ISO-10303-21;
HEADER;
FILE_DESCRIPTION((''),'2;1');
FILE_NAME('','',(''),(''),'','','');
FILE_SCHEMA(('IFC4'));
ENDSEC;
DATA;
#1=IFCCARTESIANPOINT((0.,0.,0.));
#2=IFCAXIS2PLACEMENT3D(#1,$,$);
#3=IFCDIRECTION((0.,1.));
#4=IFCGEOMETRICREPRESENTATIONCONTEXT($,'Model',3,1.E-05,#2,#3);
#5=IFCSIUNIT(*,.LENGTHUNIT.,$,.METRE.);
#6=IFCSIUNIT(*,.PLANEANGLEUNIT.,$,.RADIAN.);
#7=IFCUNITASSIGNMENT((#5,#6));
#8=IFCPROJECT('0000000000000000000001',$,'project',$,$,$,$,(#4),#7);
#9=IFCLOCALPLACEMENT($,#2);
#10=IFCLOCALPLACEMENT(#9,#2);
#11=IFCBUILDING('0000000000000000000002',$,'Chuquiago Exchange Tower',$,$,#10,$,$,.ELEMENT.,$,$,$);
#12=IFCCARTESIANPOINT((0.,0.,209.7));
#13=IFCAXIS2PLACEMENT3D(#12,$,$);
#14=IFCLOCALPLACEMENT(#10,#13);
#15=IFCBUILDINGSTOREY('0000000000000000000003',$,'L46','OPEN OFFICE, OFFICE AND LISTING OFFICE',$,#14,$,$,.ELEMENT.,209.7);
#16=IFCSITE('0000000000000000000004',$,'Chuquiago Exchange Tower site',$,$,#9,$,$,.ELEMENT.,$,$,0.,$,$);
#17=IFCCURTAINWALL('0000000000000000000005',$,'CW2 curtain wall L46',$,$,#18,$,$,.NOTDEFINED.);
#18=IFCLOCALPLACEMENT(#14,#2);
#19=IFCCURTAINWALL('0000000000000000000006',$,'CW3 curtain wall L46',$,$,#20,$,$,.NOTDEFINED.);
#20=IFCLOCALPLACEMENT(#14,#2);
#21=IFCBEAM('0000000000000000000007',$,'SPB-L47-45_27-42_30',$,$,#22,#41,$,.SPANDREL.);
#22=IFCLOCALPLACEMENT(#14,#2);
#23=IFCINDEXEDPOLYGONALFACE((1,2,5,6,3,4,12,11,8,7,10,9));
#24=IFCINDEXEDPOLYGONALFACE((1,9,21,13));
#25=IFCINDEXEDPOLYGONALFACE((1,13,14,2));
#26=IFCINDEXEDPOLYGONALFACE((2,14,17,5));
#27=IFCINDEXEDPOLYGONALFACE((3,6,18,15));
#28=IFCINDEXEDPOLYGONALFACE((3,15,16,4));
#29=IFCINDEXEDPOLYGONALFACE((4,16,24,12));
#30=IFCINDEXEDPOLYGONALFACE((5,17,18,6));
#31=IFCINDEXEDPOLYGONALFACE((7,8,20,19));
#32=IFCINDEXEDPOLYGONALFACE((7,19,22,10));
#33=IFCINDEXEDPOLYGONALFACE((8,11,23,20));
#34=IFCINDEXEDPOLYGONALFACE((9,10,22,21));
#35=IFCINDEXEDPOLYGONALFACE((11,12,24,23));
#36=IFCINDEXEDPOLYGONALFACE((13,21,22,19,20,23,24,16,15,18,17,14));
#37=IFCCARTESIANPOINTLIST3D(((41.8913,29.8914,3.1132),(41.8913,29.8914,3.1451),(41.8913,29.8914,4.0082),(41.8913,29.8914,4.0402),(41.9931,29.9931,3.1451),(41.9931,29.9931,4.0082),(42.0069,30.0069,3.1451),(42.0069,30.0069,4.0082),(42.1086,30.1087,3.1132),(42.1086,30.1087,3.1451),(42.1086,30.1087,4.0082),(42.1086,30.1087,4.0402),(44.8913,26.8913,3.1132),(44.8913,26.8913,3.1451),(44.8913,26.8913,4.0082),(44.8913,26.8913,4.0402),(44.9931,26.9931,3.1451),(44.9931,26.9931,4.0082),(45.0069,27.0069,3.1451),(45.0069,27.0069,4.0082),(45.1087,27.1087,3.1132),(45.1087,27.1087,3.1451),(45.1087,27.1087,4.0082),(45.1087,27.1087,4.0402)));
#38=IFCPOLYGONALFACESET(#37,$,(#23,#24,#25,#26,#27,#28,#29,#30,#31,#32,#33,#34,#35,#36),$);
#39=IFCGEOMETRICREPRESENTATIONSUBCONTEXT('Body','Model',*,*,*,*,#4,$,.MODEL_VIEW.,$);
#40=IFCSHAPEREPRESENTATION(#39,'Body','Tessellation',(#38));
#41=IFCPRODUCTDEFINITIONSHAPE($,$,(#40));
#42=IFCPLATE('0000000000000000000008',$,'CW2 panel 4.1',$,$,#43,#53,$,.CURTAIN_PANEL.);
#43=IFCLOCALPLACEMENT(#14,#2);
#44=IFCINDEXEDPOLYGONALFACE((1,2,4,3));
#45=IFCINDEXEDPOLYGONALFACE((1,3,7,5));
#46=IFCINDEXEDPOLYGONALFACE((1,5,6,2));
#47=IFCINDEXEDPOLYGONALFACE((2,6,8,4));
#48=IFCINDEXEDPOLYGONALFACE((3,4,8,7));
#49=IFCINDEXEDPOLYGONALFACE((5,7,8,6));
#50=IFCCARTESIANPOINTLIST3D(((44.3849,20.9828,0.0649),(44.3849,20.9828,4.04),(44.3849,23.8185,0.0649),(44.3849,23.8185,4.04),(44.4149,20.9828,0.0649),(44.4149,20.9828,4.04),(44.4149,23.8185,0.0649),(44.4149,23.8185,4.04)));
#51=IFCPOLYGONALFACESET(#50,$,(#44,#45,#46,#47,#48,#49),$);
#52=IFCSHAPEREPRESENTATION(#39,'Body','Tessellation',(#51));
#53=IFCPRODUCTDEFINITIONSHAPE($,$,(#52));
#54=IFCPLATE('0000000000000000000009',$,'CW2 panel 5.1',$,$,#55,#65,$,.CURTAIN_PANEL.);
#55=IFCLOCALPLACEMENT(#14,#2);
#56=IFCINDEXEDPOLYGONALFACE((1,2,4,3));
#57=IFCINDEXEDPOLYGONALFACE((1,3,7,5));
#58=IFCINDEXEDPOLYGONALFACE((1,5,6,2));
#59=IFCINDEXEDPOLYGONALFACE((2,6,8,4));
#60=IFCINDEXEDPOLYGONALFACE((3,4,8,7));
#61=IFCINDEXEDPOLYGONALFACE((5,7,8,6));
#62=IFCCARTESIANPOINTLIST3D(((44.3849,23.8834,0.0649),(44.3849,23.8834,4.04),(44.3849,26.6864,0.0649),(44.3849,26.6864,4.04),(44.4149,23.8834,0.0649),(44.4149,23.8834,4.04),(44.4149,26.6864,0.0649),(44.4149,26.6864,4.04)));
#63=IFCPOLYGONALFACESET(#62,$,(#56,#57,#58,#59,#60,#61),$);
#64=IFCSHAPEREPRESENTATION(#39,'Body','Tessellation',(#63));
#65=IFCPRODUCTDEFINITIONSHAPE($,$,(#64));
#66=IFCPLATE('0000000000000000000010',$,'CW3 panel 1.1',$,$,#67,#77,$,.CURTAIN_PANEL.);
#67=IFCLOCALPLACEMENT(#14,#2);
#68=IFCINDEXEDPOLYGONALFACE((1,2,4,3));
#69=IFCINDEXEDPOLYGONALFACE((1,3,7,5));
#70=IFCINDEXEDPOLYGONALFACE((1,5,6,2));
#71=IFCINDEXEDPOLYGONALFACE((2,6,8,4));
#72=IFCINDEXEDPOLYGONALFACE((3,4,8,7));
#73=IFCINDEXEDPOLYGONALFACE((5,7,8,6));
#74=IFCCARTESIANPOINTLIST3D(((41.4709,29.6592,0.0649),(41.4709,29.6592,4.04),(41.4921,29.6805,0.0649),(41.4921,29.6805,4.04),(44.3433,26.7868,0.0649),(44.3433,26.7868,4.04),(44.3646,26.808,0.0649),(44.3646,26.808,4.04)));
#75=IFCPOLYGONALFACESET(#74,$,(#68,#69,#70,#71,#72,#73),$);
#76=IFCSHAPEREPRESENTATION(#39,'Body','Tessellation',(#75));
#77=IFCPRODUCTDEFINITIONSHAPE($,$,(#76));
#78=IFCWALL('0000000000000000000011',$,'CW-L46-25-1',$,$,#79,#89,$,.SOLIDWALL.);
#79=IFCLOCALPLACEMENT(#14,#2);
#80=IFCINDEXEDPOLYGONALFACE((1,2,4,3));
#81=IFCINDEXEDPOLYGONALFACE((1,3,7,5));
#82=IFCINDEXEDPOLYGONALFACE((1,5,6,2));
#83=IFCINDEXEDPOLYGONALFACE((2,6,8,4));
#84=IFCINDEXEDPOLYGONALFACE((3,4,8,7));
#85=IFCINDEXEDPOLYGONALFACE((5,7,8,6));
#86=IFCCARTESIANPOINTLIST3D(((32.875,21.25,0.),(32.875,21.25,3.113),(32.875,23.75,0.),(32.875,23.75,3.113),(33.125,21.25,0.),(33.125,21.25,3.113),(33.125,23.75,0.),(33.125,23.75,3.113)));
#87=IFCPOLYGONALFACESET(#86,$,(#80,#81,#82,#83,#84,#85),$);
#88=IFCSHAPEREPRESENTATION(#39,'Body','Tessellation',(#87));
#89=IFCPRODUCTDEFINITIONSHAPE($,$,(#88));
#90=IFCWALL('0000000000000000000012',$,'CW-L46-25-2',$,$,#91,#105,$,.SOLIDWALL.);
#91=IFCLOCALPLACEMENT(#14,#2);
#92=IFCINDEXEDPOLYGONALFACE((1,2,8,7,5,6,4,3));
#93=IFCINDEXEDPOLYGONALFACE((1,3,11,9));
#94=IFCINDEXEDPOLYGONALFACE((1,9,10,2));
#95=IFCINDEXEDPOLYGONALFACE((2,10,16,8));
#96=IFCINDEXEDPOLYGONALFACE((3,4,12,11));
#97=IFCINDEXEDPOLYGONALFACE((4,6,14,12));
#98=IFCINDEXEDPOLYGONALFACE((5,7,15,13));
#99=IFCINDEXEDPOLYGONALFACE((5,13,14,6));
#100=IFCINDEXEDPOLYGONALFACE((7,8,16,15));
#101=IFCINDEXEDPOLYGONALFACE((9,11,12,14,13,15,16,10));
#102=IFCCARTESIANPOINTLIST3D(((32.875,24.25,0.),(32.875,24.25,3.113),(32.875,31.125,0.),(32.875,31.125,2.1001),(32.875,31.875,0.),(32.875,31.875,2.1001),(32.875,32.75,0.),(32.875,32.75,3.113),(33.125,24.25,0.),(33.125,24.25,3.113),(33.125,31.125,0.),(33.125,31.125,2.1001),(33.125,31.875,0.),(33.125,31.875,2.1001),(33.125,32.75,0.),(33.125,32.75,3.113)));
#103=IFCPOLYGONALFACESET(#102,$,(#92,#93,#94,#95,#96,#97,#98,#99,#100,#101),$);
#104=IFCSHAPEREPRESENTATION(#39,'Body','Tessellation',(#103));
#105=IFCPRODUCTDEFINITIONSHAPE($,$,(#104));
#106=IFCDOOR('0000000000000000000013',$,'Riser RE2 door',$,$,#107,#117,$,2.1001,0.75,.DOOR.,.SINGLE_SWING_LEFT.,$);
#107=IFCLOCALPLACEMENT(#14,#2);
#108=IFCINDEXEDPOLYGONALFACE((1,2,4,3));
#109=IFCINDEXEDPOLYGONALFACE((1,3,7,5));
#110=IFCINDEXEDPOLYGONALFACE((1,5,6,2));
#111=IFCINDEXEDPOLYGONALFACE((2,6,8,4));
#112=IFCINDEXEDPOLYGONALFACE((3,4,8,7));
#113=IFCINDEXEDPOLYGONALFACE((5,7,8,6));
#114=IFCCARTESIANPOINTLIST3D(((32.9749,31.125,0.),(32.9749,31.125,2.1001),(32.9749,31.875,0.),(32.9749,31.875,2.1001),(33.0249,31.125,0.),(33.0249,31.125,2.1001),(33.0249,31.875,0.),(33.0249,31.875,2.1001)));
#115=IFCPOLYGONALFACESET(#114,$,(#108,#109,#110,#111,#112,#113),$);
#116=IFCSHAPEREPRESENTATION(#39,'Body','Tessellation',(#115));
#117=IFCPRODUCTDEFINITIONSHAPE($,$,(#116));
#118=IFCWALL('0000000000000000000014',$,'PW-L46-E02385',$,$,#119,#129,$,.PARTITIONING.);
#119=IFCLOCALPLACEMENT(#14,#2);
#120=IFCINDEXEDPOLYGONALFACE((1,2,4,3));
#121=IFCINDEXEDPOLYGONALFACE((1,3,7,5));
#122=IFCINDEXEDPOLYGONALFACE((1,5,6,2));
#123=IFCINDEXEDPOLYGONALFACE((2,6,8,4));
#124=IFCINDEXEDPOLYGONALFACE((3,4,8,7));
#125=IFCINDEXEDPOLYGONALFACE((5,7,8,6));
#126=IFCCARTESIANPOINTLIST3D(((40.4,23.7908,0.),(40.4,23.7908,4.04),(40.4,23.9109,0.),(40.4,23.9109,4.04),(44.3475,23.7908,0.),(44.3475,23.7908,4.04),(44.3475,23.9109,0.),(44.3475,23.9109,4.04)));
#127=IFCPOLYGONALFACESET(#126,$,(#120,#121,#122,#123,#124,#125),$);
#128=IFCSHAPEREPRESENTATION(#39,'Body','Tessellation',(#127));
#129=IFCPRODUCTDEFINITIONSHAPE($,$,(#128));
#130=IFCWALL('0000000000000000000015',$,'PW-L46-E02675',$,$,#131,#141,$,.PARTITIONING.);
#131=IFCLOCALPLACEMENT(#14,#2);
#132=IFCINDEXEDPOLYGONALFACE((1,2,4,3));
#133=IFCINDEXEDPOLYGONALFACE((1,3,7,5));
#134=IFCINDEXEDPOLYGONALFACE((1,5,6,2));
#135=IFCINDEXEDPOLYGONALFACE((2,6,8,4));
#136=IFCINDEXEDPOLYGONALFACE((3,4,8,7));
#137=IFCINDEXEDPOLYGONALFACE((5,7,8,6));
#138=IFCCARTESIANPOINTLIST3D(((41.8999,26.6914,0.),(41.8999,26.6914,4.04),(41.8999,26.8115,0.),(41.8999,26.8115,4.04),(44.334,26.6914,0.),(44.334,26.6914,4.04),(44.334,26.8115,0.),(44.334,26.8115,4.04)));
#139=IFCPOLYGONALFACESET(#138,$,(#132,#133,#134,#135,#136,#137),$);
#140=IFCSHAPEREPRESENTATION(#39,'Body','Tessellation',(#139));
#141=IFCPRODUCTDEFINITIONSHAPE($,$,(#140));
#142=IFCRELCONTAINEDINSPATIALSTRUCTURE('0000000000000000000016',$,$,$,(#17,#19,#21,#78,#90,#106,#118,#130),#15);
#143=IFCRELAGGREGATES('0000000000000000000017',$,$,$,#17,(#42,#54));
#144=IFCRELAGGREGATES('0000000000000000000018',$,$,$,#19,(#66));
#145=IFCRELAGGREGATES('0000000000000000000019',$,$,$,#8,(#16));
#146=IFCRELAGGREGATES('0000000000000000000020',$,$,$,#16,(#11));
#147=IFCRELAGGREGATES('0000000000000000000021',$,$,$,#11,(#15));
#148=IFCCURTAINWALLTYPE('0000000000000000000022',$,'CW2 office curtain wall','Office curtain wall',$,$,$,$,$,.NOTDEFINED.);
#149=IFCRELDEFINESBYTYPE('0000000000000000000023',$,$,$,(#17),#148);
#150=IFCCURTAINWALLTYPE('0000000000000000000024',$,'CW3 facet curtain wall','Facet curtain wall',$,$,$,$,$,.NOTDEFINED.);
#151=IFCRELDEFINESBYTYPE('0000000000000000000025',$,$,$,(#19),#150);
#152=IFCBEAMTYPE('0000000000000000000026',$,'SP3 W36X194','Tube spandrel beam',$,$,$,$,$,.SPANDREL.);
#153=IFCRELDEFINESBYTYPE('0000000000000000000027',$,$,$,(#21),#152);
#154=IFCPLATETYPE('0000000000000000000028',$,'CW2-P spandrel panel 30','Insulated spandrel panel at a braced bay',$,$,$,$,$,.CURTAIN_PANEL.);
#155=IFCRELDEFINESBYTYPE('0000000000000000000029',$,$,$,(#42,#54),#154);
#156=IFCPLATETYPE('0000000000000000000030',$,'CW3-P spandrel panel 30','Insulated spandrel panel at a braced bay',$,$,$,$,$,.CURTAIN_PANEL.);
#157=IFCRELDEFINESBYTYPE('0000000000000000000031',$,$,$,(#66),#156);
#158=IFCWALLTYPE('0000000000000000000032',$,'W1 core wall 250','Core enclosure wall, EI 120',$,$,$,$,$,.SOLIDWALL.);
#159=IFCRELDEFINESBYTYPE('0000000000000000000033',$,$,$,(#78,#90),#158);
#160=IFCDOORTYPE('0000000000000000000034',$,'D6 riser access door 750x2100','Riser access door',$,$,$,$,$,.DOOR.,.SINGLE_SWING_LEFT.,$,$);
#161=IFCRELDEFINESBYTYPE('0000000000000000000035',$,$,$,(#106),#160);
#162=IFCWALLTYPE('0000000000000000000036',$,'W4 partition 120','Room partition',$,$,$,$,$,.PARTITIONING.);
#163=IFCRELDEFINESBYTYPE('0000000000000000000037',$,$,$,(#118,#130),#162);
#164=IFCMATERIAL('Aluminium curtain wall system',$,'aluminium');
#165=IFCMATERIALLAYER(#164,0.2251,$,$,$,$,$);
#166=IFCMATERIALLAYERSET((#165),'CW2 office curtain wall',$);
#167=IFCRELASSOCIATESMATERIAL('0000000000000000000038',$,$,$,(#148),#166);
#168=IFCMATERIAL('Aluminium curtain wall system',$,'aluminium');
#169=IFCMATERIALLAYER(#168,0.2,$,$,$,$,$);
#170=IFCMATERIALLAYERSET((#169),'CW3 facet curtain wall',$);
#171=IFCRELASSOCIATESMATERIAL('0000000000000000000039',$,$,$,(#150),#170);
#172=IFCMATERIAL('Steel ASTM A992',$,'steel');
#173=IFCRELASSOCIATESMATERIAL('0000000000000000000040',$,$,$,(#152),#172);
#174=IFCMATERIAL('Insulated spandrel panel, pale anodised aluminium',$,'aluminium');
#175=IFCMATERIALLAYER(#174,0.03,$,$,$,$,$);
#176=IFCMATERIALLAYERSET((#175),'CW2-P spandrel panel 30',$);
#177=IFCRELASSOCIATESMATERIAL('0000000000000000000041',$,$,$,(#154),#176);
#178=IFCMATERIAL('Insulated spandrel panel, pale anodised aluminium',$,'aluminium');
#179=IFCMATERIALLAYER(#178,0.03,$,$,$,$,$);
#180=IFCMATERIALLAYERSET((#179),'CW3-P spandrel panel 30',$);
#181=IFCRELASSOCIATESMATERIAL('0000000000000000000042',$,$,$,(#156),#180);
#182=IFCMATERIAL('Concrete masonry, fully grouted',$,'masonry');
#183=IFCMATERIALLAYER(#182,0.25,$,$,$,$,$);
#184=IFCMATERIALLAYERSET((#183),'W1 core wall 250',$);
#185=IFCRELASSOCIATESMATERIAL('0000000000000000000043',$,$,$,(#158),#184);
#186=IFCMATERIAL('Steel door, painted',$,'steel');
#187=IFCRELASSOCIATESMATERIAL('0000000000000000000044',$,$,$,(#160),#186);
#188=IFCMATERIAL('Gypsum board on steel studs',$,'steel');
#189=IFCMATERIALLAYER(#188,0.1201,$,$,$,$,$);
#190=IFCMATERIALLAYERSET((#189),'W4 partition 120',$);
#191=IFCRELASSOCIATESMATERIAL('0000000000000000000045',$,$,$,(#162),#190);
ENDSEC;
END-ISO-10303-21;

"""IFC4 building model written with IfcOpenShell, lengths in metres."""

from ifc_helpers import new_model, si_unit, direction, frame, frame_2d, origin, origin_2d, place, context, subcontext, project, spatial, rectangle, i_section, extrude, material, layer, layer_set, material_profile, profile_set, type_object, element, fill, aggregate, save


model = new_model("IFC4")

# Units and contexts
model_context = context("Model", 3, precision=1e-05, world=origin(), true_north=direction((0.0, 1.0)))
body_context = subcontext(model_context, "Body", "Model", "MODEL_VIEW")
ifc_project = project(units=[si_unit("LENGTHUNIT", "METRE"), si_unit("PLANEANGLEUNIT", "RADIAN")], contexts=[model_context])

# Site, building, storey
site_placement = place(None, origin())
site = spatial("IfcSite", under=ifc_project, at=site_placement, Name="Chuquiago Exchange Tower site", CompositionType="ELEMENT", RefElevation=0.0)
building_placement = place(site_placement, origin())
building = spatial("IfcBuilding", under=site, at=building_placement, Name="Chuquiago Exchange Tower", CompositionType="ELEMENT")
storey_placement = place(building_placement, frame((0.0, 0.0, 209.7)))
storey = spatial("IfcBuildingStorey", under=building, at=storey_placement, Name="L46", Description="OPEN OFFICE, OFFICE AND LISTING OFFICE", CompositionType="ELEMENT", Elevation=209.7)

# Curtain walls
ifc_material_1 = material(Name="Aluminium curtain wall system", Category="aluminium")
ifc_layer_1 = layer(ifc_material_1, 0.2251)
ifc_layer_set_1 = layer_set([ifc_layer_1], Name="CW2 office curtain wall")
curtain_wall_type_1 = type_object("IfcCurtainWallType", Name="CW2 office curtain wall", Description="Office curtain wall", PredefinedType="NOTDEFINED", material=ifc_layer_set_1)
curtain_wall_1_placement = place(storey_placement, origin())
curtain_wall_1 = element("IfcCurtainWall", 1, at=curtain_wall_1_placement, inside=storey, type_object=curtain_wall_type_1, Name="CW2 curtain wall L46", PredefinedType="NOTDEFINED")
ifc_material_2 = material(Name="Aluminium curtain wall system", Category="aluminium")
ifc_layer_2 = layer(ifc_material_2, 0.2)
ifc_layer_set_2 = layer_set([ifc_layer_2], Name="CW3 facet curtain wall")
curtain_wall_type_2 = type_object("IfcCurtainWallType", Name="CW3 facet curtain wall", Description="Facet curtain wall", PredefinedType="NOTDEFINED", material=ifc_layer_set_2)
curtain_wall_2_placement = place(storey_placement, origin())
curtain_wall_2 = element("IfcCurtainWall", 2, at=curtain_wall_2_placement, inside=storey, type_object=curtain_wall_type_2, Name="CW3 curtain wall L46", PredefinedType="NOTDEFINED")

# Beam
ifc_material_3 = material(Name="Steel ASTM A992", Category="steel")
ifc_material_profile_1 = material_profile(ifc_material_3, i_section(OverallWidth=0.3074, OverallDepth=0.927, WebThickness=0.0195, FlangeThickness=0.032, at=origin_2d()), Name="W36X194")
ifc_profile_set_1 = profile_set([ifc_material_profile_1], Name="Steel ASTM A992")
beam_type_1 = type_object("IfcBeamType", Name="SP3 W36X194", Description="Tube spandrel beam", PredefinedType="SPANDREL", material=ifc_profile_set_1)
beam_1_placement = place(storey_placement, frame((45.0, 27.0, 3.5767), z_axis=(-0.707107, 0.707107, 0.0), x_axis=(-0.707107, -0.707107, 0.0)))
element("IfcBeam", 3, at=beam_1_placement, inside=storey, type_object=beam_type_1, Name="SPB-L47-45_27-42_30", PredefinedType="SPANDREL", context=body_context, shape_type="SweptSolid", body=[
    extrude(i_section(OverallWidth=0.3074, OverallDepth=0.927, WebThickness=0.0195, FlangeThickness=0.032, at=origin_2d()), origin(), (0.0, 0.0, 1.0), 4.2427),
])

# Plates
ifc_material_4 = material(Name="Insulated spandrel panel, pale anodised aluminium", Category="aluminium")
ifc_layer_3 = layer(ifc_material_4, 0.03)
ifc_layer_set_3 = layer_set([ifc_layer_3], Name="CW2-P spandrel panel 30")
plate_type_1 = type_object("IfcPlateType", Name="CW2-P spandrel panel 30", Description="Insulated spandrel panel at a braced bay", PredefinedType="CURTAIN_PANEL", material=ifc_layer_set_3)
plate_1_placement = place(storey_placement, frame((44.3999, 22.4006, 0.0649), z_axis=(0.0, 0.0, 1.0), x_axis=(0.0, 1.0, 0.0)))
plate_1 = element("IfcPlate", 4, at=plate_1_placement, type_object=plate_type_1, Name="CW2 panel 4.1", PredefinedType="CURTAIN_PANEL", context=body_context, shape_type="SweptSolid", body=[
    extrude(rectangle(XDim=2.8357, YDim=0.03, at=origin_2d()), origin(), (0.0, 0.0, 1.0), 3.9751),
])
plate_2_placement = place(storey_placement, frame((44.3999, 25.2849, 0.0649), z_axis=(0.0, 0.0, 1.0), x_axis=(0.0, 1.0, 0.0)))
plate_2 = element("IfcPlate", 5, at=plate_2_placement, type_object=plate_type_1, Name="CW2 panel 5.1", PredefinedType="CURTAIN_PANEL", context=body_context, shape_type="SweptSolid", body=[
    extrude(rectangle(XDim=2.803, YDim=0.03, at=origin_2d()), origin(), (0.0, 0.0, 1.0), 3.9751),
])
aggregate(curtain_wall_1, [plate_1, plate_2])
ifc_material_5 = material(Name="Insulated spandrel panel, pale anodised aluminium", Category="aluminium")
ifc_layer_4 = layer(ifc_material_5, 0.03)
ifc_layer_set_4 = layer_set([ifc_layer_4], Name="CW3-P spandrel panel 30")
plate_type_2 = type_object("IfcPlateType", Name="CW3-P spandrel panel 30", Description="Insulated spandrel panel at a braced bay", PredefinedType="CURTAIN_PANEL", material=ifc_layer_set_4)
plate_3_placement = place(storey_placement, frame((42.9177, 28.2336, 0.0649), z_axis=(0.0, 0.0, 1.0), x_axis=(-0.707107, 0.707107, 0.0)))
plate_3 = element("IfcPlate", 6, at=plate_3_placement, type_object=plate_type_2, Name="CW3 panel 1.1", PredefinedType="CURTAIN_PANEL", context=body_context, shape_type="SweptSolid", body=[
    extrude(rectangle(XDim=4.0623, YDim=0.03, at=origin_2d()), origin(), (0.0, 0.0, 1.0), 3.9751),
])
aggregate(curtain_wall_2, [plate_3])

# Wall
ifc_material_6 = material(Name="Concrete masonry, fully grouted", Category="masonry")
ifc_layer_5 = layer(ifc_material_6, 0.25)
ifc_layer_set_5 = layer_set([ifc_layer_5], Name="W1 core wall 250")
wall_type_1 = type_object("IfcWallType", Name="W1 core wall 250", Description="Core enclosure wall, EI 120", PredefinedType="SOLIDWALL", material=ifc_layer_set_5)
wall_1_placement = place(storey_placement, frame((33.0, 21.25, 0.0), z_axis=(0.0, 0.0, 1.0), x_axis=(0.0, 1.0, 0.0)))
element("IfcWall", 7, at=wall_1_placement, inside=storey, type_object=wall_type_1, Name="CW-L46-25-1", PredefinedType="SOLIDWALL", context=body_context, shape_type="SweptSolid", body=[
    extrude(rectangle(XDim=2.5, YDim=0.25, at=frame_2d((1.25, 0.0))), origin(), (0.0, 0.0, 1.0), 3.113),
])

# Wall, opening, door
wall_2_placement = place(storey_placement, frame((33.0, 24.25, 0.0), z_axis=(0.0, 0.0, 1.0), x_axis=(0.0, 1.0, 0.0)))
wall_2 = element("IfcWall", 8, at=wall_2_placement, inside=storey, type_object=wall_type_1, Name="CW-L46-25-2", PredefinedType="SOLIDWALL", context=body_context, shape_type="SweptSolid", body=[
    extrude(rectangle(XDim=8.5, YDim=0.25, at=frame_2d((4.25, 0.0))), origin(), (0.0, 0.0, 1.0), 3.113),
])
opening_1_placement = place(wall_2_placement, frame((6.875, 0.0, 0.0)))
opening_1 = element("IfcOpeningElement", 9, at=opening_1_placement, cuts=wall_2, PredefinedType="OPENING", context=body_context, shape_type="SweptSolid", body=[
    extrude(rectangle(XDim=0.75, YDim=2.1001, at=frame_2d((0.375, 1.05))), frame((0.0, 0.135, 0.0), z_axis=(0.0, -1.0, 0.0), x_axis=(1.0, 0.0, 0.0)), (0.0, 0.0, 1.0), 0.27),
])
ifc_material_7 = material(Name="Steel door, painted", Category="steel")
door_type_1 = type_object("IfcDoorType", Name="D6 riser access door 750x2100", Description="Riser access door", OperationType="SINGLE_SWING_LEFT", PredefinedType="DOOR", material=ifc_material_7)
door_1_placement = place(opening_1_placement, frame((0.75, 0.0, 0.0), z_axis=(0.0, 0.0, 1.0), x_axis=(-1.0, 0.0, 0.0)))
door_1 = element("IfcDoor", 10, at=door_1_placement, inside=storey, type_object=door_type_1, Name="Riser RE2 door", OperationType="SINGLE_SWING_LEFT", OverallHeight=2.1001, OverallWidth=0.75, PredefinedType="DOOR", context=body_context, shape_type="SweptSolid", body=[
    extrude(rectangle(XDim=0.75, YDim=2.1001, at=frame_2d((0.375, 1.05))), frame((0.0, 0.0249, 0.0), z_axis=(0.0, -1.0, 0.0), x_axis=(1.0, 0.0, 0.0)), (0.0, 0.0, 1.0), 0.05),
])
fill(opening_1, door_1)

# Walls
ifc_material_8 = material(Name="Gypsum board on steel studs", Category="steel")
ifc_layer_6 = layer(ifc_material_8, 0.1201)
ifc_layer_set_6 = layer_set([ifc_layer_6], Name="W4 partition 120")
wall_type_2 = type_object("IfcWallType", Name="W4 partition 120", Description="Room partition", PredefinedType="PARTITIONING", material=ifc_layer_set_6)
wall_3_placement = place(storey_placement, frame((44.3474, 23.8508, 0.0), z_axis=(0.0, 0.0, 1.0), x_axis=(-1.0, 0.0, 0.0)))
element("IfcWall", 11, at=wall_3_placement, inside=storey, type_object=wall_type_2, Name="PW-L46-E02385", PredefinedType="PARTITIONING", context=body_context, shape_type="SweptSolid", body=[
    extrude(rectangle(XDim=3.9475, YDim=0.1201, at=frame_2d((1.9736, 0.0))), origin(), (0.0, 0.0, 1.0), 4.04),
])
wall_4_placement = place(storey_placement, frame((44.334, 26.7515, 0.0), z_axis=(0.0, 0.0, 1.0), x_axis=(-1.0, 0.0, 0.0)))
element("IfcWall", 12, at=wall_4_placement, inside=storey, type_object=wall_type_2, Name="PW-L46-E02675", PredefinedType="PARTITIONING", context=body_context, shape_type="SweptSolid", body=[
    extrude(rectangle(XDim=2.4341, YDim=0.1201, at=frame_2d((1.217, 0.0))), origin(), (0.0, 0.0, 1.0), 4.04),
])

save(model, "model.ifc")
